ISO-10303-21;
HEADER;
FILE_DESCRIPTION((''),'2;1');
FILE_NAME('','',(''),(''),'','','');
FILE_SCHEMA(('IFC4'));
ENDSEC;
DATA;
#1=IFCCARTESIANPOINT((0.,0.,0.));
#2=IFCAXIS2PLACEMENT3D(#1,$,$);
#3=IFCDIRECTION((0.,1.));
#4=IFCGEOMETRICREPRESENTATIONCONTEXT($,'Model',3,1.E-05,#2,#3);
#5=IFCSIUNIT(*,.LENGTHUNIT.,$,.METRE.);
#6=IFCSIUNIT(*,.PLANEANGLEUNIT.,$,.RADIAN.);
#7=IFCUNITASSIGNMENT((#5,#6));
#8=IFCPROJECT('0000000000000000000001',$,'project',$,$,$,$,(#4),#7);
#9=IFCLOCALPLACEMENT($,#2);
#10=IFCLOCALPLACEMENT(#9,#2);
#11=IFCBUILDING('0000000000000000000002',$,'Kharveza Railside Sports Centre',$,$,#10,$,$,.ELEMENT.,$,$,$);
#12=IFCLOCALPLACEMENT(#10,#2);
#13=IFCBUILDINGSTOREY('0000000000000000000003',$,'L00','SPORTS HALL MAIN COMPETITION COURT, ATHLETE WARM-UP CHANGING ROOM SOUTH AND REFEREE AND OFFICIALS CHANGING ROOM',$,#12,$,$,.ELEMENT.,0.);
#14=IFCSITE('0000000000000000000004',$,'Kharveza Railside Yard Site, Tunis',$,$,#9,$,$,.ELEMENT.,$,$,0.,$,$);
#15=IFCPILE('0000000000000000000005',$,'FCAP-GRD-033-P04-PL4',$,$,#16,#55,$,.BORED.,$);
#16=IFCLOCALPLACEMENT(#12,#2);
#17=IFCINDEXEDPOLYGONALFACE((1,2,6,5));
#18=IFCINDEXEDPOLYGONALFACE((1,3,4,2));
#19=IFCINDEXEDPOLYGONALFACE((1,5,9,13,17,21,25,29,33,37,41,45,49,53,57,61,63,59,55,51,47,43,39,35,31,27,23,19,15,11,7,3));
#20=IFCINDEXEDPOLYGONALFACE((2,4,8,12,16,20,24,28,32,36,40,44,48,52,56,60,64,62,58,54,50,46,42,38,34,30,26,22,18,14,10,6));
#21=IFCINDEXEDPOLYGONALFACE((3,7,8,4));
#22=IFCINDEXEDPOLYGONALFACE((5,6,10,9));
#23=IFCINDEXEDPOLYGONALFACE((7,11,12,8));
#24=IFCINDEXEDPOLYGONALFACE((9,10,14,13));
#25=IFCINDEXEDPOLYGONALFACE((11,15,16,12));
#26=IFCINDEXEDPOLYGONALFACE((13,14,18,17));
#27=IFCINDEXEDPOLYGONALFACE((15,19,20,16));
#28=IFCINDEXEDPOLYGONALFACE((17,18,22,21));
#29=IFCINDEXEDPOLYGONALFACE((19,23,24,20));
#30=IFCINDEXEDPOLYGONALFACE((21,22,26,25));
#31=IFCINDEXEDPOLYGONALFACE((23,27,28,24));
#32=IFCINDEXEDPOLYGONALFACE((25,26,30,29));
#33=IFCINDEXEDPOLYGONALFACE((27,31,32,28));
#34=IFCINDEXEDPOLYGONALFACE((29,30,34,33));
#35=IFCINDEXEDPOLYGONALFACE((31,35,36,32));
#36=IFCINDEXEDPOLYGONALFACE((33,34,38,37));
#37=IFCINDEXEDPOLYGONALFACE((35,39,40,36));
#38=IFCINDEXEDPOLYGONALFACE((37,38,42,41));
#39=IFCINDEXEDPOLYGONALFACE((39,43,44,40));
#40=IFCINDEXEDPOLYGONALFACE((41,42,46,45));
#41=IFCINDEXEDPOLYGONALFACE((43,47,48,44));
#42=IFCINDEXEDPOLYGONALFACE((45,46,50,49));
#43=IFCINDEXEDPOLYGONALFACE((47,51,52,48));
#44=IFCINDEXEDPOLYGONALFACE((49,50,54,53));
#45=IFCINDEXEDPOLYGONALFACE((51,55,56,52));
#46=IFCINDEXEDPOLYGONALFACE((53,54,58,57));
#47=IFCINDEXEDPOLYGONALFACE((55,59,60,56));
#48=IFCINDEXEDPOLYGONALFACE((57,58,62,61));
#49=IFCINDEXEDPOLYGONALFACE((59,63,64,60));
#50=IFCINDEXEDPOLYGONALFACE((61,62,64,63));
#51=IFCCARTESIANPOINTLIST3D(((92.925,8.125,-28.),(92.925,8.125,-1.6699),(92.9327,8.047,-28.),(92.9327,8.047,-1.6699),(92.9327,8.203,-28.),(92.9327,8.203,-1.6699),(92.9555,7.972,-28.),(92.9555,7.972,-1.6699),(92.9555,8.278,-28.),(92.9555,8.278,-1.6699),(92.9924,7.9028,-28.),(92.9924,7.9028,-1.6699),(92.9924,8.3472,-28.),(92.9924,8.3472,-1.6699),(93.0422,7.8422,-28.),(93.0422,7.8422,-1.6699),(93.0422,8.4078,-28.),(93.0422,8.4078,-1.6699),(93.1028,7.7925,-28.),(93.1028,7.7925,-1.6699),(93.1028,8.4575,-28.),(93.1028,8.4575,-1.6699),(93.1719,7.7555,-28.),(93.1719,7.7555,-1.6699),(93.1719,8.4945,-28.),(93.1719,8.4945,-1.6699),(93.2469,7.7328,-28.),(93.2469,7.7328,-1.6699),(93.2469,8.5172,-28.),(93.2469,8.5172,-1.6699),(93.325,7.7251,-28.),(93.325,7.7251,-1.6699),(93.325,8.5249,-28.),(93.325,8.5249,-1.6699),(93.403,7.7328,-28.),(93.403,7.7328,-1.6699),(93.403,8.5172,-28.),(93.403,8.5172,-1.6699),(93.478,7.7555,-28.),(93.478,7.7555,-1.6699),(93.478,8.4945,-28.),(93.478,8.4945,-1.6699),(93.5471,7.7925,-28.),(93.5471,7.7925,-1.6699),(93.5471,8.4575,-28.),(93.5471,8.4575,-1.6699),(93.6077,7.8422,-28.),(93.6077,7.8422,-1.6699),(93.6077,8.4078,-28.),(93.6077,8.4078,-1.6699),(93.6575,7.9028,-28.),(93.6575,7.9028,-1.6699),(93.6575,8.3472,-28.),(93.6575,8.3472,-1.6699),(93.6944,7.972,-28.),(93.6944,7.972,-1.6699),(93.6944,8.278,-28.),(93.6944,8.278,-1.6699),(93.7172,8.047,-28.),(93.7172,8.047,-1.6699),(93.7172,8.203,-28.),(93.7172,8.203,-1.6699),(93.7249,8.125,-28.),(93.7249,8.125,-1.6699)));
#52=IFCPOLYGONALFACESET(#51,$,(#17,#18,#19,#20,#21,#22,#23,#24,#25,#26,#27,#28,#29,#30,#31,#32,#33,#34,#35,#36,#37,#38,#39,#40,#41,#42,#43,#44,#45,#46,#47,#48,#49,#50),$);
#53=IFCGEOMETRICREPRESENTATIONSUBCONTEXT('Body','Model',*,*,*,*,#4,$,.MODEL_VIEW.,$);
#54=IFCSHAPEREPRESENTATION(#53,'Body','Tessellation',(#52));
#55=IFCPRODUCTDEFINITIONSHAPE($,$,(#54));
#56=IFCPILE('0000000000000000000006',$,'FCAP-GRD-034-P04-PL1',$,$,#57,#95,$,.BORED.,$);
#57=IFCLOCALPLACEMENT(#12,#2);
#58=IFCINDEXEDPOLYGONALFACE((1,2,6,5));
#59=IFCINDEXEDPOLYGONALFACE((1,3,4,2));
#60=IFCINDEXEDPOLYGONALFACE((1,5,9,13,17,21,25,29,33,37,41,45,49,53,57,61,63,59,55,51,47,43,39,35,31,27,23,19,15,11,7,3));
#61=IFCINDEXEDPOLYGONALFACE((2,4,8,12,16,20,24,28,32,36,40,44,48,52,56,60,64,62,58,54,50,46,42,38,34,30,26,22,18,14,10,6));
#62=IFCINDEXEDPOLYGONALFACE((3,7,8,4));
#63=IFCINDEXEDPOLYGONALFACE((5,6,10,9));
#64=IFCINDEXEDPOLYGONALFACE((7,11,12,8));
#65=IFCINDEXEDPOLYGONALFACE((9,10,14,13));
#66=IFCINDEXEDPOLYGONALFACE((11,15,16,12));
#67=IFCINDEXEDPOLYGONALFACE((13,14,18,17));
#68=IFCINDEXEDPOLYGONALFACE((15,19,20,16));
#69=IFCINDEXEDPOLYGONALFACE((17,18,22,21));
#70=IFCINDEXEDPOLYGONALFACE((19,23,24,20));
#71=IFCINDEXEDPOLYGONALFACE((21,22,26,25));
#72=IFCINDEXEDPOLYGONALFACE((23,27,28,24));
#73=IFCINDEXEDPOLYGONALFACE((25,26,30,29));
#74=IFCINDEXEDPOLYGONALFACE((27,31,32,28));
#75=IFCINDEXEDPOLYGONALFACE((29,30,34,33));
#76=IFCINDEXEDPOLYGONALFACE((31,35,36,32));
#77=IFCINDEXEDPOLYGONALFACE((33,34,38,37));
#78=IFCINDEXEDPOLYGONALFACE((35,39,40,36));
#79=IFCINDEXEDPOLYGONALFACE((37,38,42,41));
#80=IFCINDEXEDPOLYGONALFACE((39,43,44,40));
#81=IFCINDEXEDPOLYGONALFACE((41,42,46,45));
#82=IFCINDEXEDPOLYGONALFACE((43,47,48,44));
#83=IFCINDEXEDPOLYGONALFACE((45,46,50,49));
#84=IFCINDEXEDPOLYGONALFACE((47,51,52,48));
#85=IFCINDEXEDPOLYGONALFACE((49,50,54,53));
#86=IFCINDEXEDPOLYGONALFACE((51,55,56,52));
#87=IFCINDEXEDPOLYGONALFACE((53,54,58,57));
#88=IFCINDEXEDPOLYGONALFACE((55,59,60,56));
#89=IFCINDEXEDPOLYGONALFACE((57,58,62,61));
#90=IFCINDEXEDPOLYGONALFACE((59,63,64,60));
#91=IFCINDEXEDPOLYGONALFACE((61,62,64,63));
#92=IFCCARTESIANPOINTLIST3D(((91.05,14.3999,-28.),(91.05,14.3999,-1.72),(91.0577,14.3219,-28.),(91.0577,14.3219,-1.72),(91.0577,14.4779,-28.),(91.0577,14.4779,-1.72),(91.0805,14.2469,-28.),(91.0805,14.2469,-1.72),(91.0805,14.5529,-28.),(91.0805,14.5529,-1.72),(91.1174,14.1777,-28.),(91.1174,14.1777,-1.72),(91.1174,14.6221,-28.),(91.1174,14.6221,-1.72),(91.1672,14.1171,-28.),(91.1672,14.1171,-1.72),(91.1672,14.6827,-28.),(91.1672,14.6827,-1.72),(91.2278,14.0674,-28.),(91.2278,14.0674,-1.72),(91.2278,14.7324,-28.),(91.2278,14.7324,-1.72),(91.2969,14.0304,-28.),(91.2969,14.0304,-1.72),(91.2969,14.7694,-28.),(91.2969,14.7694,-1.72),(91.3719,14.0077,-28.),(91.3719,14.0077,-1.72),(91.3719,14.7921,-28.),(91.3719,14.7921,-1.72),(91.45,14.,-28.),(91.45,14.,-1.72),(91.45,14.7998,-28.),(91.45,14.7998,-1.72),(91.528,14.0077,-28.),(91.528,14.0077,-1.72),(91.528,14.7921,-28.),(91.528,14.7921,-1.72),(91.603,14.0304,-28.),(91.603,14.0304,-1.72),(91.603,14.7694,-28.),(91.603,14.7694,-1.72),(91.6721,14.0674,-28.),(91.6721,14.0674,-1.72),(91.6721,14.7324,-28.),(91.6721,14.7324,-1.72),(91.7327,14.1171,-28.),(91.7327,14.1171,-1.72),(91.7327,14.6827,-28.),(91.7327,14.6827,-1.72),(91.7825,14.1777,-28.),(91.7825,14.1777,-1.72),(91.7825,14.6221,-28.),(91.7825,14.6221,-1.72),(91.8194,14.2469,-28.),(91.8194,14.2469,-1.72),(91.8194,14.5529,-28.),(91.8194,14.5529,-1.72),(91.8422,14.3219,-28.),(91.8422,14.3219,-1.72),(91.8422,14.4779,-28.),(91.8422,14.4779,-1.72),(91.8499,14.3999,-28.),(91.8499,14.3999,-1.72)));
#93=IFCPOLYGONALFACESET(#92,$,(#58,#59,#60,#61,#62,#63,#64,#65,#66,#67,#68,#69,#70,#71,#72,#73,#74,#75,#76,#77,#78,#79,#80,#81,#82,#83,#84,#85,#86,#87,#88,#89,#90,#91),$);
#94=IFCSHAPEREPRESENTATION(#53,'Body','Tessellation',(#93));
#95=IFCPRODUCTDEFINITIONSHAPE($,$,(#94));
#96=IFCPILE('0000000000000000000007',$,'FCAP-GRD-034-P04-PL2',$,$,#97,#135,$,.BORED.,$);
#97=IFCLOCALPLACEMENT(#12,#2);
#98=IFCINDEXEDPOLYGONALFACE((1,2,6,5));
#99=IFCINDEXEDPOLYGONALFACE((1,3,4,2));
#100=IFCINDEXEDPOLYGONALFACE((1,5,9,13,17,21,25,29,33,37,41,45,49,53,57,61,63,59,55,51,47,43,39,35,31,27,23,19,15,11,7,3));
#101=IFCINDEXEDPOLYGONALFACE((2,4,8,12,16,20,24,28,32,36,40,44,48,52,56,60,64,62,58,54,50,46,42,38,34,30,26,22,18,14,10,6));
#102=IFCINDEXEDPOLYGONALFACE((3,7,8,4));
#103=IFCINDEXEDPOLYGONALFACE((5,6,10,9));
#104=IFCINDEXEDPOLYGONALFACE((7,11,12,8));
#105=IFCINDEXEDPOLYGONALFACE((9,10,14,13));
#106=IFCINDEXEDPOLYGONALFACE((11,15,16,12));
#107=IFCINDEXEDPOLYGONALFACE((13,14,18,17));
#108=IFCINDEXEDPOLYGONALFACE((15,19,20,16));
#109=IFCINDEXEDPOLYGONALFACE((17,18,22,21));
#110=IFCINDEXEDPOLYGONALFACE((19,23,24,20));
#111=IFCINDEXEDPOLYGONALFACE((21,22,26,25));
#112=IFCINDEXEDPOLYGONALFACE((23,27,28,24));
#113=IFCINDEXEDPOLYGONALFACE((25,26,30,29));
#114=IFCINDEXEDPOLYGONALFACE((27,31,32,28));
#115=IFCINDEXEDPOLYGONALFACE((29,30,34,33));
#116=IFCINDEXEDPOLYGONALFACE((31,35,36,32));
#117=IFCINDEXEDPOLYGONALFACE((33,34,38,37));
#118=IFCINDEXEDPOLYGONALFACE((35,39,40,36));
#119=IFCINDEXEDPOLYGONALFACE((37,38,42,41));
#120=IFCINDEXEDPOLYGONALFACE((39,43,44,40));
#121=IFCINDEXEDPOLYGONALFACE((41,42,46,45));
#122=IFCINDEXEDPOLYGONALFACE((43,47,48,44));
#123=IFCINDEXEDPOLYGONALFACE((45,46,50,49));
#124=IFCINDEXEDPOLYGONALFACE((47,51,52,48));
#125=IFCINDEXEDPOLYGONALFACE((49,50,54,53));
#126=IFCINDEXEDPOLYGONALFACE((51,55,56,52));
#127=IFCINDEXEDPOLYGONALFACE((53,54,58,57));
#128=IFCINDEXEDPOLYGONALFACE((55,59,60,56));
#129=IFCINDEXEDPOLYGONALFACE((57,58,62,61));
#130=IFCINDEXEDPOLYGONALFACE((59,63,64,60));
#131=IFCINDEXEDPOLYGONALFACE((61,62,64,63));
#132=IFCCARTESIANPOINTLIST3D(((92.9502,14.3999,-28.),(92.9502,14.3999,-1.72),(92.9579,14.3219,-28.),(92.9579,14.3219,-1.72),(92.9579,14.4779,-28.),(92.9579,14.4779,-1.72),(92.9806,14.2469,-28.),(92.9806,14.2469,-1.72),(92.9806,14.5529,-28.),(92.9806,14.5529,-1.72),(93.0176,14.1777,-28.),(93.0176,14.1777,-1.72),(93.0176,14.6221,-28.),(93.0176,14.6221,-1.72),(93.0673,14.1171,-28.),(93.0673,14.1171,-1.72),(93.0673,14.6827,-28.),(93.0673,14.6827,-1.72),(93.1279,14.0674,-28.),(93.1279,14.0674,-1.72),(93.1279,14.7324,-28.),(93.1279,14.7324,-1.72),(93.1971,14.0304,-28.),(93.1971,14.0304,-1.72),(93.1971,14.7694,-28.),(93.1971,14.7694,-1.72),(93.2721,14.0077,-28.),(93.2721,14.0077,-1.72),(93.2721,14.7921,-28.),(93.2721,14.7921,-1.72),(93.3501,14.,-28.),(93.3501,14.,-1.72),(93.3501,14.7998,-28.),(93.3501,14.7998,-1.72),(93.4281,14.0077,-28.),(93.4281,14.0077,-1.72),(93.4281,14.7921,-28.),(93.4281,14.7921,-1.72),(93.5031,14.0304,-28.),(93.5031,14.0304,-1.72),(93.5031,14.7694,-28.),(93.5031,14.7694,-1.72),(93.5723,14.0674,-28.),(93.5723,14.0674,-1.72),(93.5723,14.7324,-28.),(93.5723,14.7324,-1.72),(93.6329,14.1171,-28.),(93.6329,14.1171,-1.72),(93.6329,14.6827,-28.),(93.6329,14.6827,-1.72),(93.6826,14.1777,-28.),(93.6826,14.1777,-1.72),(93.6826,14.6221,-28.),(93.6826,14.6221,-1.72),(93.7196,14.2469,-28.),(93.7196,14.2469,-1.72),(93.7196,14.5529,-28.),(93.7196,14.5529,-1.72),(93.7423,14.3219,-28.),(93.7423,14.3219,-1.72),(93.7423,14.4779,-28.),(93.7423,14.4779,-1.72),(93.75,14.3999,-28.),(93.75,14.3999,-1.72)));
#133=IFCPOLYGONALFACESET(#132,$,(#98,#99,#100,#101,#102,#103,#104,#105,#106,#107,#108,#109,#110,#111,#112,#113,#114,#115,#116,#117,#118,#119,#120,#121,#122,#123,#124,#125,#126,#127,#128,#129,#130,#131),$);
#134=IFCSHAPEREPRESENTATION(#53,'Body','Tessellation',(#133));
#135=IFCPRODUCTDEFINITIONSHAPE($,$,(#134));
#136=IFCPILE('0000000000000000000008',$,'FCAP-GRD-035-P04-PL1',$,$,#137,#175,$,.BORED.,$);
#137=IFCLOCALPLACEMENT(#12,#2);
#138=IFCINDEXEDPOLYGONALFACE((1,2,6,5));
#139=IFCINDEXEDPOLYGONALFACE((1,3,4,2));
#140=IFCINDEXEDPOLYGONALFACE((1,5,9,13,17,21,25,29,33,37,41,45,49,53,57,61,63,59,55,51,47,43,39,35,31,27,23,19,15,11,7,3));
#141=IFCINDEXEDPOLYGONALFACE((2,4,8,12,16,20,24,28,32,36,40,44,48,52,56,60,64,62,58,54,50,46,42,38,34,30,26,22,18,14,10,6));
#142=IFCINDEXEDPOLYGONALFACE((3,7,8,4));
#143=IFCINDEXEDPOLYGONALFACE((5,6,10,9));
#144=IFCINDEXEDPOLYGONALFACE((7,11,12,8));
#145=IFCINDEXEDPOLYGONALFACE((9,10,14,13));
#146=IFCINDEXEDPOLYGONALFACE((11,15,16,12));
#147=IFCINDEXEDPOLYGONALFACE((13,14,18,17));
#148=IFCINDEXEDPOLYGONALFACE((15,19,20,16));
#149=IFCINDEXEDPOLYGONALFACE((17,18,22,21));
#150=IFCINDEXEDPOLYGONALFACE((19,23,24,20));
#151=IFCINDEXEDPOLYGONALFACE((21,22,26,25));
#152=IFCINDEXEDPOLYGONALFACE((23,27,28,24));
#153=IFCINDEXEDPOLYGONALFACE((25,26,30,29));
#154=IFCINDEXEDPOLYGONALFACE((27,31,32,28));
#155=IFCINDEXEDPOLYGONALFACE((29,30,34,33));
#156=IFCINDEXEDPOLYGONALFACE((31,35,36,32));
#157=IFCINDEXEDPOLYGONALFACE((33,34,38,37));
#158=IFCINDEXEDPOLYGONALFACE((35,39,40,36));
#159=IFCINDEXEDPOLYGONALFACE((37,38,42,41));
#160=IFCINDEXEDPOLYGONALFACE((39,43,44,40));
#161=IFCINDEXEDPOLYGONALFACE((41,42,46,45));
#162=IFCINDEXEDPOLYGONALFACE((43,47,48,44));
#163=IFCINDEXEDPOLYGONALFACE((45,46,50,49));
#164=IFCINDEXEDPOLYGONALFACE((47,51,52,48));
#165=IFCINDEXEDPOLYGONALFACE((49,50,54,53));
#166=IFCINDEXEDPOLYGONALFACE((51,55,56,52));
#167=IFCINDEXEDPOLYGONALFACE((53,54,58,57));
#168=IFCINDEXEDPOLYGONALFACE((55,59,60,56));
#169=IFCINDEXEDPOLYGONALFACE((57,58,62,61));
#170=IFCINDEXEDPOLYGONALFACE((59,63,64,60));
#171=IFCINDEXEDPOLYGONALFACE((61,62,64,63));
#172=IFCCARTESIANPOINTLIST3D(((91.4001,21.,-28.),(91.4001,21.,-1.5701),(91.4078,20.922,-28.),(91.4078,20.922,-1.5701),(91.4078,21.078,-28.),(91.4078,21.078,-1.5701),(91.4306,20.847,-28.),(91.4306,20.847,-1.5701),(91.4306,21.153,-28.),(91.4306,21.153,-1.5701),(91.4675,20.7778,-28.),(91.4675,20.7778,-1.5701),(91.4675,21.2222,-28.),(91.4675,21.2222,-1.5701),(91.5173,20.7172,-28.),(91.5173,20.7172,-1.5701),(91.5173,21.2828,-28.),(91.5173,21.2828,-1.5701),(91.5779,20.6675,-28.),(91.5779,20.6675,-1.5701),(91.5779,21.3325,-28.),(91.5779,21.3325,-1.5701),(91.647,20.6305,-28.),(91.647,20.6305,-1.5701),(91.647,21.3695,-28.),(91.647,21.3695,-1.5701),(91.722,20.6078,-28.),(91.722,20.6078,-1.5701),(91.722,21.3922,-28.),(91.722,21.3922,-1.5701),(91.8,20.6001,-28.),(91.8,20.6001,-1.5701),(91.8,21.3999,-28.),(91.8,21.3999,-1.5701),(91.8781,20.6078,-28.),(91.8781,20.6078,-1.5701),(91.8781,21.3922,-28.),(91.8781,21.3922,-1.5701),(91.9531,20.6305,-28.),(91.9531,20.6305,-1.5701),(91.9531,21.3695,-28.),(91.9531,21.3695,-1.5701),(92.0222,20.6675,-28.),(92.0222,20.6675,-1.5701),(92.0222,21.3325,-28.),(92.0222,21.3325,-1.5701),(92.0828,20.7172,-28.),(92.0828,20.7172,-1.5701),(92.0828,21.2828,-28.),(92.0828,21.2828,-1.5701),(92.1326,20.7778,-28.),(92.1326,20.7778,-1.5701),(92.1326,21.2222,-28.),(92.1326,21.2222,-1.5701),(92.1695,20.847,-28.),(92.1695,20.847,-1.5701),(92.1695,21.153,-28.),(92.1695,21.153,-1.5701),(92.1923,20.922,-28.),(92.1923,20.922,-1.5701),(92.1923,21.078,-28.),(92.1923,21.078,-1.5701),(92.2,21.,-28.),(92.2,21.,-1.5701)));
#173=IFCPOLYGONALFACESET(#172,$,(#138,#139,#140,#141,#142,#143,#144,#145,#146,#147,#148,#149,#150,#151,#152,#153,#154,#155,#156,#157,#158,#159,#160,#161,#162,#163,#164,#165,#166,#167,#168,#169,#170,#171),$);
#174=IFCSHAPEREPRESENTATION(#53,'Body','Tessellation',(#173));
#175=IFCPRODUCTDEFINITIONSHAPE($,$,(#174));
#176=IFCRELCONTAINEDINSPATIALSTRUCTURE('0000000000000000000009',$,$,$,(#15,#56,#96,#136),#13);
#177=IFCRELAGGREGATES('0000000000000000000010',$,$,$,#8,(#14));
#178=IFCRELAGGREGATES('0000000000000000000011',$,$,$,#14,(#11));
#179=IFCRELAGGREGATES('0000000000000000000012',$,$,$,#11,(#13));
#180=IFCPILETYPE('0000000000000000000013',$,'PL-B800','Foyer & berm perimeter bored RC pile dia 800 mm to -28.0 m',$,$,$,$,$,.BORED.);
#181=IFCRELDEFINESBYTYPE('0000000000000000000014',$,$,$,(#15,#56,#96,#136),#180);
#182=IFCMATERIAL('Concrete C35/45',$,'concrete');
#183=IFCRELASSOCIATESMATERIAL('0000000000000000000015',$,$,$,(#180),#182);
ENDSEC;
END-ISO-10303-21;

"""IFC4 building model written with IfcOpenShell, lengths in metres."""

from ifc_helpers import new_model, si_unit, direction, frame, origin, origin_2d, place, context, subcontext, project, spatial, circle, extrude, material, material_profile, profile_set, type_object, element, save


model = new_model("IFC4")

# Units and contexts
model_context = context("Model", 3, precision=1e-05, world=origin(), true_north=direction((0.0, 1.0)))
body_context = subcontext(model_context, "Body", "Model", "MODEL_VIEW")
ifc_project = project(units=[si_unit("LENGTHUNIT", "METRE"), si_unit("PLANEANGLEUNIT", "RADIAN")], contexts=[model_context])

# Site, building, storey
site_placement = place(None, origin())
site = spatial("IfcSite", under=ifc_project, at=site_placement, Name="Kharveza Railside Yard Site, Tunis", CompositionType="ELEMENT", RefElevation=0.0)
building_placement = place(site_placement, origin())
building = spatial("IfcBuilding", under=site, at=building_placement, Name="Kharveza Railside Sports Centre", CompositionType="ELEMENT")
storey_placement = place(building_placement, origin())
storey = spatial("IfcBuildingStorey", under=building, at=storey_placement, Name="L00", Description="SPORTS HALL MAIN COMPETITION COURT, ATHLETE WARM-UP CHANGING ROOM SOUTH AND REFEREE AND OFFICIALS CHANGING ROOM", CompositionType="ELEMENT", Elevation=0.0)

# Shared definitions
ifc_material_1 = material(Name="Concrete C35/45", Category="concrete")

# Piles
ifc_material_profile_1 = material_profile(ifc_material_1, circle(Radius=0.3999, at=origin_2d()), Name="PILE D800")
ifc_profile_set_1 = profile_set([ifc_material_profile_1], Name="Concrete C35/45")
pile_type = type_object("IfcPileType", Name="PL-B800", Description="Foyer & berm perimeter bored RC pile dia 800 mm to -28.0 m", PredefinedType="BORED", material=ifc_profile_set_1)
for number, where, z_axis, x_axis, name in (
    (1, (93.325, 8.125, -1.6699), (0.0, 0.0, -1.0), (1.0, 0.0, 0.0), "FCAP-GRD-033-P04-PL4"),
):
    element("IfcPile", number, at=place(storey_placement, frame(where, z_axis=z_axis, x_axis=x_axis)), inside=storey, type_object=pile_type, Name=name, PredefinedType="BORED", context=body_context, shape_type="SweptSolid", body=[
        extrude(circle(Radius=0.3999, at=origin_2d()), origin(), (0.0, 0.0, 1.0), 26.3301),
    ])
for number, where, z_axis, x_axis, name in (
    (2, (91.45, 14.3999, -1.72), (0.0, 0.0, -1.0), (1.0, 0.0, 0.0), "FCAP-GRD-034-P04-PL1"),
    (3, (93.3501, 14.3999, -1.72), (0.0, 0.0, -1.0), (1.0, 0.0, 0.0), "FCAP-GRD-034-P04-PL2"),
):
    element("IfcPile", number, at=place(storey_placement, frame(where, z_axis=z_axis, x_axis=x_axis)), inside=storey, type_object=pile_type, Name=name, PredefinedType="BORED", context=body_context, shape_type="SweptSolid", body=[
        extrude(circle(Radius=0.3999, at=origin_2d()), origin(), (0.0, 0.0, 1.0), 26.28),
    ])
pile_placement = place(storey_placement, frame((91.8, 21.0, -1.5701), z_axis=(0.0, 0.0, -1.0), x_axis=(1.0, 0.0, 0.0)))
element("IfcPile", 4, at=pile_placement, inside=storey, type_object=pile_type, Name="FCAP-GRD-035-P04-PL1", PredefinedType="BORED", context=body_context, shape_type="SweptSolid", body=[
    extrude(circle(Radius=0.3999, at=origin_2d()), origin(), (0.0, 0.0, 1.0), 26.4299),
])

save(model, "model.ifc")
